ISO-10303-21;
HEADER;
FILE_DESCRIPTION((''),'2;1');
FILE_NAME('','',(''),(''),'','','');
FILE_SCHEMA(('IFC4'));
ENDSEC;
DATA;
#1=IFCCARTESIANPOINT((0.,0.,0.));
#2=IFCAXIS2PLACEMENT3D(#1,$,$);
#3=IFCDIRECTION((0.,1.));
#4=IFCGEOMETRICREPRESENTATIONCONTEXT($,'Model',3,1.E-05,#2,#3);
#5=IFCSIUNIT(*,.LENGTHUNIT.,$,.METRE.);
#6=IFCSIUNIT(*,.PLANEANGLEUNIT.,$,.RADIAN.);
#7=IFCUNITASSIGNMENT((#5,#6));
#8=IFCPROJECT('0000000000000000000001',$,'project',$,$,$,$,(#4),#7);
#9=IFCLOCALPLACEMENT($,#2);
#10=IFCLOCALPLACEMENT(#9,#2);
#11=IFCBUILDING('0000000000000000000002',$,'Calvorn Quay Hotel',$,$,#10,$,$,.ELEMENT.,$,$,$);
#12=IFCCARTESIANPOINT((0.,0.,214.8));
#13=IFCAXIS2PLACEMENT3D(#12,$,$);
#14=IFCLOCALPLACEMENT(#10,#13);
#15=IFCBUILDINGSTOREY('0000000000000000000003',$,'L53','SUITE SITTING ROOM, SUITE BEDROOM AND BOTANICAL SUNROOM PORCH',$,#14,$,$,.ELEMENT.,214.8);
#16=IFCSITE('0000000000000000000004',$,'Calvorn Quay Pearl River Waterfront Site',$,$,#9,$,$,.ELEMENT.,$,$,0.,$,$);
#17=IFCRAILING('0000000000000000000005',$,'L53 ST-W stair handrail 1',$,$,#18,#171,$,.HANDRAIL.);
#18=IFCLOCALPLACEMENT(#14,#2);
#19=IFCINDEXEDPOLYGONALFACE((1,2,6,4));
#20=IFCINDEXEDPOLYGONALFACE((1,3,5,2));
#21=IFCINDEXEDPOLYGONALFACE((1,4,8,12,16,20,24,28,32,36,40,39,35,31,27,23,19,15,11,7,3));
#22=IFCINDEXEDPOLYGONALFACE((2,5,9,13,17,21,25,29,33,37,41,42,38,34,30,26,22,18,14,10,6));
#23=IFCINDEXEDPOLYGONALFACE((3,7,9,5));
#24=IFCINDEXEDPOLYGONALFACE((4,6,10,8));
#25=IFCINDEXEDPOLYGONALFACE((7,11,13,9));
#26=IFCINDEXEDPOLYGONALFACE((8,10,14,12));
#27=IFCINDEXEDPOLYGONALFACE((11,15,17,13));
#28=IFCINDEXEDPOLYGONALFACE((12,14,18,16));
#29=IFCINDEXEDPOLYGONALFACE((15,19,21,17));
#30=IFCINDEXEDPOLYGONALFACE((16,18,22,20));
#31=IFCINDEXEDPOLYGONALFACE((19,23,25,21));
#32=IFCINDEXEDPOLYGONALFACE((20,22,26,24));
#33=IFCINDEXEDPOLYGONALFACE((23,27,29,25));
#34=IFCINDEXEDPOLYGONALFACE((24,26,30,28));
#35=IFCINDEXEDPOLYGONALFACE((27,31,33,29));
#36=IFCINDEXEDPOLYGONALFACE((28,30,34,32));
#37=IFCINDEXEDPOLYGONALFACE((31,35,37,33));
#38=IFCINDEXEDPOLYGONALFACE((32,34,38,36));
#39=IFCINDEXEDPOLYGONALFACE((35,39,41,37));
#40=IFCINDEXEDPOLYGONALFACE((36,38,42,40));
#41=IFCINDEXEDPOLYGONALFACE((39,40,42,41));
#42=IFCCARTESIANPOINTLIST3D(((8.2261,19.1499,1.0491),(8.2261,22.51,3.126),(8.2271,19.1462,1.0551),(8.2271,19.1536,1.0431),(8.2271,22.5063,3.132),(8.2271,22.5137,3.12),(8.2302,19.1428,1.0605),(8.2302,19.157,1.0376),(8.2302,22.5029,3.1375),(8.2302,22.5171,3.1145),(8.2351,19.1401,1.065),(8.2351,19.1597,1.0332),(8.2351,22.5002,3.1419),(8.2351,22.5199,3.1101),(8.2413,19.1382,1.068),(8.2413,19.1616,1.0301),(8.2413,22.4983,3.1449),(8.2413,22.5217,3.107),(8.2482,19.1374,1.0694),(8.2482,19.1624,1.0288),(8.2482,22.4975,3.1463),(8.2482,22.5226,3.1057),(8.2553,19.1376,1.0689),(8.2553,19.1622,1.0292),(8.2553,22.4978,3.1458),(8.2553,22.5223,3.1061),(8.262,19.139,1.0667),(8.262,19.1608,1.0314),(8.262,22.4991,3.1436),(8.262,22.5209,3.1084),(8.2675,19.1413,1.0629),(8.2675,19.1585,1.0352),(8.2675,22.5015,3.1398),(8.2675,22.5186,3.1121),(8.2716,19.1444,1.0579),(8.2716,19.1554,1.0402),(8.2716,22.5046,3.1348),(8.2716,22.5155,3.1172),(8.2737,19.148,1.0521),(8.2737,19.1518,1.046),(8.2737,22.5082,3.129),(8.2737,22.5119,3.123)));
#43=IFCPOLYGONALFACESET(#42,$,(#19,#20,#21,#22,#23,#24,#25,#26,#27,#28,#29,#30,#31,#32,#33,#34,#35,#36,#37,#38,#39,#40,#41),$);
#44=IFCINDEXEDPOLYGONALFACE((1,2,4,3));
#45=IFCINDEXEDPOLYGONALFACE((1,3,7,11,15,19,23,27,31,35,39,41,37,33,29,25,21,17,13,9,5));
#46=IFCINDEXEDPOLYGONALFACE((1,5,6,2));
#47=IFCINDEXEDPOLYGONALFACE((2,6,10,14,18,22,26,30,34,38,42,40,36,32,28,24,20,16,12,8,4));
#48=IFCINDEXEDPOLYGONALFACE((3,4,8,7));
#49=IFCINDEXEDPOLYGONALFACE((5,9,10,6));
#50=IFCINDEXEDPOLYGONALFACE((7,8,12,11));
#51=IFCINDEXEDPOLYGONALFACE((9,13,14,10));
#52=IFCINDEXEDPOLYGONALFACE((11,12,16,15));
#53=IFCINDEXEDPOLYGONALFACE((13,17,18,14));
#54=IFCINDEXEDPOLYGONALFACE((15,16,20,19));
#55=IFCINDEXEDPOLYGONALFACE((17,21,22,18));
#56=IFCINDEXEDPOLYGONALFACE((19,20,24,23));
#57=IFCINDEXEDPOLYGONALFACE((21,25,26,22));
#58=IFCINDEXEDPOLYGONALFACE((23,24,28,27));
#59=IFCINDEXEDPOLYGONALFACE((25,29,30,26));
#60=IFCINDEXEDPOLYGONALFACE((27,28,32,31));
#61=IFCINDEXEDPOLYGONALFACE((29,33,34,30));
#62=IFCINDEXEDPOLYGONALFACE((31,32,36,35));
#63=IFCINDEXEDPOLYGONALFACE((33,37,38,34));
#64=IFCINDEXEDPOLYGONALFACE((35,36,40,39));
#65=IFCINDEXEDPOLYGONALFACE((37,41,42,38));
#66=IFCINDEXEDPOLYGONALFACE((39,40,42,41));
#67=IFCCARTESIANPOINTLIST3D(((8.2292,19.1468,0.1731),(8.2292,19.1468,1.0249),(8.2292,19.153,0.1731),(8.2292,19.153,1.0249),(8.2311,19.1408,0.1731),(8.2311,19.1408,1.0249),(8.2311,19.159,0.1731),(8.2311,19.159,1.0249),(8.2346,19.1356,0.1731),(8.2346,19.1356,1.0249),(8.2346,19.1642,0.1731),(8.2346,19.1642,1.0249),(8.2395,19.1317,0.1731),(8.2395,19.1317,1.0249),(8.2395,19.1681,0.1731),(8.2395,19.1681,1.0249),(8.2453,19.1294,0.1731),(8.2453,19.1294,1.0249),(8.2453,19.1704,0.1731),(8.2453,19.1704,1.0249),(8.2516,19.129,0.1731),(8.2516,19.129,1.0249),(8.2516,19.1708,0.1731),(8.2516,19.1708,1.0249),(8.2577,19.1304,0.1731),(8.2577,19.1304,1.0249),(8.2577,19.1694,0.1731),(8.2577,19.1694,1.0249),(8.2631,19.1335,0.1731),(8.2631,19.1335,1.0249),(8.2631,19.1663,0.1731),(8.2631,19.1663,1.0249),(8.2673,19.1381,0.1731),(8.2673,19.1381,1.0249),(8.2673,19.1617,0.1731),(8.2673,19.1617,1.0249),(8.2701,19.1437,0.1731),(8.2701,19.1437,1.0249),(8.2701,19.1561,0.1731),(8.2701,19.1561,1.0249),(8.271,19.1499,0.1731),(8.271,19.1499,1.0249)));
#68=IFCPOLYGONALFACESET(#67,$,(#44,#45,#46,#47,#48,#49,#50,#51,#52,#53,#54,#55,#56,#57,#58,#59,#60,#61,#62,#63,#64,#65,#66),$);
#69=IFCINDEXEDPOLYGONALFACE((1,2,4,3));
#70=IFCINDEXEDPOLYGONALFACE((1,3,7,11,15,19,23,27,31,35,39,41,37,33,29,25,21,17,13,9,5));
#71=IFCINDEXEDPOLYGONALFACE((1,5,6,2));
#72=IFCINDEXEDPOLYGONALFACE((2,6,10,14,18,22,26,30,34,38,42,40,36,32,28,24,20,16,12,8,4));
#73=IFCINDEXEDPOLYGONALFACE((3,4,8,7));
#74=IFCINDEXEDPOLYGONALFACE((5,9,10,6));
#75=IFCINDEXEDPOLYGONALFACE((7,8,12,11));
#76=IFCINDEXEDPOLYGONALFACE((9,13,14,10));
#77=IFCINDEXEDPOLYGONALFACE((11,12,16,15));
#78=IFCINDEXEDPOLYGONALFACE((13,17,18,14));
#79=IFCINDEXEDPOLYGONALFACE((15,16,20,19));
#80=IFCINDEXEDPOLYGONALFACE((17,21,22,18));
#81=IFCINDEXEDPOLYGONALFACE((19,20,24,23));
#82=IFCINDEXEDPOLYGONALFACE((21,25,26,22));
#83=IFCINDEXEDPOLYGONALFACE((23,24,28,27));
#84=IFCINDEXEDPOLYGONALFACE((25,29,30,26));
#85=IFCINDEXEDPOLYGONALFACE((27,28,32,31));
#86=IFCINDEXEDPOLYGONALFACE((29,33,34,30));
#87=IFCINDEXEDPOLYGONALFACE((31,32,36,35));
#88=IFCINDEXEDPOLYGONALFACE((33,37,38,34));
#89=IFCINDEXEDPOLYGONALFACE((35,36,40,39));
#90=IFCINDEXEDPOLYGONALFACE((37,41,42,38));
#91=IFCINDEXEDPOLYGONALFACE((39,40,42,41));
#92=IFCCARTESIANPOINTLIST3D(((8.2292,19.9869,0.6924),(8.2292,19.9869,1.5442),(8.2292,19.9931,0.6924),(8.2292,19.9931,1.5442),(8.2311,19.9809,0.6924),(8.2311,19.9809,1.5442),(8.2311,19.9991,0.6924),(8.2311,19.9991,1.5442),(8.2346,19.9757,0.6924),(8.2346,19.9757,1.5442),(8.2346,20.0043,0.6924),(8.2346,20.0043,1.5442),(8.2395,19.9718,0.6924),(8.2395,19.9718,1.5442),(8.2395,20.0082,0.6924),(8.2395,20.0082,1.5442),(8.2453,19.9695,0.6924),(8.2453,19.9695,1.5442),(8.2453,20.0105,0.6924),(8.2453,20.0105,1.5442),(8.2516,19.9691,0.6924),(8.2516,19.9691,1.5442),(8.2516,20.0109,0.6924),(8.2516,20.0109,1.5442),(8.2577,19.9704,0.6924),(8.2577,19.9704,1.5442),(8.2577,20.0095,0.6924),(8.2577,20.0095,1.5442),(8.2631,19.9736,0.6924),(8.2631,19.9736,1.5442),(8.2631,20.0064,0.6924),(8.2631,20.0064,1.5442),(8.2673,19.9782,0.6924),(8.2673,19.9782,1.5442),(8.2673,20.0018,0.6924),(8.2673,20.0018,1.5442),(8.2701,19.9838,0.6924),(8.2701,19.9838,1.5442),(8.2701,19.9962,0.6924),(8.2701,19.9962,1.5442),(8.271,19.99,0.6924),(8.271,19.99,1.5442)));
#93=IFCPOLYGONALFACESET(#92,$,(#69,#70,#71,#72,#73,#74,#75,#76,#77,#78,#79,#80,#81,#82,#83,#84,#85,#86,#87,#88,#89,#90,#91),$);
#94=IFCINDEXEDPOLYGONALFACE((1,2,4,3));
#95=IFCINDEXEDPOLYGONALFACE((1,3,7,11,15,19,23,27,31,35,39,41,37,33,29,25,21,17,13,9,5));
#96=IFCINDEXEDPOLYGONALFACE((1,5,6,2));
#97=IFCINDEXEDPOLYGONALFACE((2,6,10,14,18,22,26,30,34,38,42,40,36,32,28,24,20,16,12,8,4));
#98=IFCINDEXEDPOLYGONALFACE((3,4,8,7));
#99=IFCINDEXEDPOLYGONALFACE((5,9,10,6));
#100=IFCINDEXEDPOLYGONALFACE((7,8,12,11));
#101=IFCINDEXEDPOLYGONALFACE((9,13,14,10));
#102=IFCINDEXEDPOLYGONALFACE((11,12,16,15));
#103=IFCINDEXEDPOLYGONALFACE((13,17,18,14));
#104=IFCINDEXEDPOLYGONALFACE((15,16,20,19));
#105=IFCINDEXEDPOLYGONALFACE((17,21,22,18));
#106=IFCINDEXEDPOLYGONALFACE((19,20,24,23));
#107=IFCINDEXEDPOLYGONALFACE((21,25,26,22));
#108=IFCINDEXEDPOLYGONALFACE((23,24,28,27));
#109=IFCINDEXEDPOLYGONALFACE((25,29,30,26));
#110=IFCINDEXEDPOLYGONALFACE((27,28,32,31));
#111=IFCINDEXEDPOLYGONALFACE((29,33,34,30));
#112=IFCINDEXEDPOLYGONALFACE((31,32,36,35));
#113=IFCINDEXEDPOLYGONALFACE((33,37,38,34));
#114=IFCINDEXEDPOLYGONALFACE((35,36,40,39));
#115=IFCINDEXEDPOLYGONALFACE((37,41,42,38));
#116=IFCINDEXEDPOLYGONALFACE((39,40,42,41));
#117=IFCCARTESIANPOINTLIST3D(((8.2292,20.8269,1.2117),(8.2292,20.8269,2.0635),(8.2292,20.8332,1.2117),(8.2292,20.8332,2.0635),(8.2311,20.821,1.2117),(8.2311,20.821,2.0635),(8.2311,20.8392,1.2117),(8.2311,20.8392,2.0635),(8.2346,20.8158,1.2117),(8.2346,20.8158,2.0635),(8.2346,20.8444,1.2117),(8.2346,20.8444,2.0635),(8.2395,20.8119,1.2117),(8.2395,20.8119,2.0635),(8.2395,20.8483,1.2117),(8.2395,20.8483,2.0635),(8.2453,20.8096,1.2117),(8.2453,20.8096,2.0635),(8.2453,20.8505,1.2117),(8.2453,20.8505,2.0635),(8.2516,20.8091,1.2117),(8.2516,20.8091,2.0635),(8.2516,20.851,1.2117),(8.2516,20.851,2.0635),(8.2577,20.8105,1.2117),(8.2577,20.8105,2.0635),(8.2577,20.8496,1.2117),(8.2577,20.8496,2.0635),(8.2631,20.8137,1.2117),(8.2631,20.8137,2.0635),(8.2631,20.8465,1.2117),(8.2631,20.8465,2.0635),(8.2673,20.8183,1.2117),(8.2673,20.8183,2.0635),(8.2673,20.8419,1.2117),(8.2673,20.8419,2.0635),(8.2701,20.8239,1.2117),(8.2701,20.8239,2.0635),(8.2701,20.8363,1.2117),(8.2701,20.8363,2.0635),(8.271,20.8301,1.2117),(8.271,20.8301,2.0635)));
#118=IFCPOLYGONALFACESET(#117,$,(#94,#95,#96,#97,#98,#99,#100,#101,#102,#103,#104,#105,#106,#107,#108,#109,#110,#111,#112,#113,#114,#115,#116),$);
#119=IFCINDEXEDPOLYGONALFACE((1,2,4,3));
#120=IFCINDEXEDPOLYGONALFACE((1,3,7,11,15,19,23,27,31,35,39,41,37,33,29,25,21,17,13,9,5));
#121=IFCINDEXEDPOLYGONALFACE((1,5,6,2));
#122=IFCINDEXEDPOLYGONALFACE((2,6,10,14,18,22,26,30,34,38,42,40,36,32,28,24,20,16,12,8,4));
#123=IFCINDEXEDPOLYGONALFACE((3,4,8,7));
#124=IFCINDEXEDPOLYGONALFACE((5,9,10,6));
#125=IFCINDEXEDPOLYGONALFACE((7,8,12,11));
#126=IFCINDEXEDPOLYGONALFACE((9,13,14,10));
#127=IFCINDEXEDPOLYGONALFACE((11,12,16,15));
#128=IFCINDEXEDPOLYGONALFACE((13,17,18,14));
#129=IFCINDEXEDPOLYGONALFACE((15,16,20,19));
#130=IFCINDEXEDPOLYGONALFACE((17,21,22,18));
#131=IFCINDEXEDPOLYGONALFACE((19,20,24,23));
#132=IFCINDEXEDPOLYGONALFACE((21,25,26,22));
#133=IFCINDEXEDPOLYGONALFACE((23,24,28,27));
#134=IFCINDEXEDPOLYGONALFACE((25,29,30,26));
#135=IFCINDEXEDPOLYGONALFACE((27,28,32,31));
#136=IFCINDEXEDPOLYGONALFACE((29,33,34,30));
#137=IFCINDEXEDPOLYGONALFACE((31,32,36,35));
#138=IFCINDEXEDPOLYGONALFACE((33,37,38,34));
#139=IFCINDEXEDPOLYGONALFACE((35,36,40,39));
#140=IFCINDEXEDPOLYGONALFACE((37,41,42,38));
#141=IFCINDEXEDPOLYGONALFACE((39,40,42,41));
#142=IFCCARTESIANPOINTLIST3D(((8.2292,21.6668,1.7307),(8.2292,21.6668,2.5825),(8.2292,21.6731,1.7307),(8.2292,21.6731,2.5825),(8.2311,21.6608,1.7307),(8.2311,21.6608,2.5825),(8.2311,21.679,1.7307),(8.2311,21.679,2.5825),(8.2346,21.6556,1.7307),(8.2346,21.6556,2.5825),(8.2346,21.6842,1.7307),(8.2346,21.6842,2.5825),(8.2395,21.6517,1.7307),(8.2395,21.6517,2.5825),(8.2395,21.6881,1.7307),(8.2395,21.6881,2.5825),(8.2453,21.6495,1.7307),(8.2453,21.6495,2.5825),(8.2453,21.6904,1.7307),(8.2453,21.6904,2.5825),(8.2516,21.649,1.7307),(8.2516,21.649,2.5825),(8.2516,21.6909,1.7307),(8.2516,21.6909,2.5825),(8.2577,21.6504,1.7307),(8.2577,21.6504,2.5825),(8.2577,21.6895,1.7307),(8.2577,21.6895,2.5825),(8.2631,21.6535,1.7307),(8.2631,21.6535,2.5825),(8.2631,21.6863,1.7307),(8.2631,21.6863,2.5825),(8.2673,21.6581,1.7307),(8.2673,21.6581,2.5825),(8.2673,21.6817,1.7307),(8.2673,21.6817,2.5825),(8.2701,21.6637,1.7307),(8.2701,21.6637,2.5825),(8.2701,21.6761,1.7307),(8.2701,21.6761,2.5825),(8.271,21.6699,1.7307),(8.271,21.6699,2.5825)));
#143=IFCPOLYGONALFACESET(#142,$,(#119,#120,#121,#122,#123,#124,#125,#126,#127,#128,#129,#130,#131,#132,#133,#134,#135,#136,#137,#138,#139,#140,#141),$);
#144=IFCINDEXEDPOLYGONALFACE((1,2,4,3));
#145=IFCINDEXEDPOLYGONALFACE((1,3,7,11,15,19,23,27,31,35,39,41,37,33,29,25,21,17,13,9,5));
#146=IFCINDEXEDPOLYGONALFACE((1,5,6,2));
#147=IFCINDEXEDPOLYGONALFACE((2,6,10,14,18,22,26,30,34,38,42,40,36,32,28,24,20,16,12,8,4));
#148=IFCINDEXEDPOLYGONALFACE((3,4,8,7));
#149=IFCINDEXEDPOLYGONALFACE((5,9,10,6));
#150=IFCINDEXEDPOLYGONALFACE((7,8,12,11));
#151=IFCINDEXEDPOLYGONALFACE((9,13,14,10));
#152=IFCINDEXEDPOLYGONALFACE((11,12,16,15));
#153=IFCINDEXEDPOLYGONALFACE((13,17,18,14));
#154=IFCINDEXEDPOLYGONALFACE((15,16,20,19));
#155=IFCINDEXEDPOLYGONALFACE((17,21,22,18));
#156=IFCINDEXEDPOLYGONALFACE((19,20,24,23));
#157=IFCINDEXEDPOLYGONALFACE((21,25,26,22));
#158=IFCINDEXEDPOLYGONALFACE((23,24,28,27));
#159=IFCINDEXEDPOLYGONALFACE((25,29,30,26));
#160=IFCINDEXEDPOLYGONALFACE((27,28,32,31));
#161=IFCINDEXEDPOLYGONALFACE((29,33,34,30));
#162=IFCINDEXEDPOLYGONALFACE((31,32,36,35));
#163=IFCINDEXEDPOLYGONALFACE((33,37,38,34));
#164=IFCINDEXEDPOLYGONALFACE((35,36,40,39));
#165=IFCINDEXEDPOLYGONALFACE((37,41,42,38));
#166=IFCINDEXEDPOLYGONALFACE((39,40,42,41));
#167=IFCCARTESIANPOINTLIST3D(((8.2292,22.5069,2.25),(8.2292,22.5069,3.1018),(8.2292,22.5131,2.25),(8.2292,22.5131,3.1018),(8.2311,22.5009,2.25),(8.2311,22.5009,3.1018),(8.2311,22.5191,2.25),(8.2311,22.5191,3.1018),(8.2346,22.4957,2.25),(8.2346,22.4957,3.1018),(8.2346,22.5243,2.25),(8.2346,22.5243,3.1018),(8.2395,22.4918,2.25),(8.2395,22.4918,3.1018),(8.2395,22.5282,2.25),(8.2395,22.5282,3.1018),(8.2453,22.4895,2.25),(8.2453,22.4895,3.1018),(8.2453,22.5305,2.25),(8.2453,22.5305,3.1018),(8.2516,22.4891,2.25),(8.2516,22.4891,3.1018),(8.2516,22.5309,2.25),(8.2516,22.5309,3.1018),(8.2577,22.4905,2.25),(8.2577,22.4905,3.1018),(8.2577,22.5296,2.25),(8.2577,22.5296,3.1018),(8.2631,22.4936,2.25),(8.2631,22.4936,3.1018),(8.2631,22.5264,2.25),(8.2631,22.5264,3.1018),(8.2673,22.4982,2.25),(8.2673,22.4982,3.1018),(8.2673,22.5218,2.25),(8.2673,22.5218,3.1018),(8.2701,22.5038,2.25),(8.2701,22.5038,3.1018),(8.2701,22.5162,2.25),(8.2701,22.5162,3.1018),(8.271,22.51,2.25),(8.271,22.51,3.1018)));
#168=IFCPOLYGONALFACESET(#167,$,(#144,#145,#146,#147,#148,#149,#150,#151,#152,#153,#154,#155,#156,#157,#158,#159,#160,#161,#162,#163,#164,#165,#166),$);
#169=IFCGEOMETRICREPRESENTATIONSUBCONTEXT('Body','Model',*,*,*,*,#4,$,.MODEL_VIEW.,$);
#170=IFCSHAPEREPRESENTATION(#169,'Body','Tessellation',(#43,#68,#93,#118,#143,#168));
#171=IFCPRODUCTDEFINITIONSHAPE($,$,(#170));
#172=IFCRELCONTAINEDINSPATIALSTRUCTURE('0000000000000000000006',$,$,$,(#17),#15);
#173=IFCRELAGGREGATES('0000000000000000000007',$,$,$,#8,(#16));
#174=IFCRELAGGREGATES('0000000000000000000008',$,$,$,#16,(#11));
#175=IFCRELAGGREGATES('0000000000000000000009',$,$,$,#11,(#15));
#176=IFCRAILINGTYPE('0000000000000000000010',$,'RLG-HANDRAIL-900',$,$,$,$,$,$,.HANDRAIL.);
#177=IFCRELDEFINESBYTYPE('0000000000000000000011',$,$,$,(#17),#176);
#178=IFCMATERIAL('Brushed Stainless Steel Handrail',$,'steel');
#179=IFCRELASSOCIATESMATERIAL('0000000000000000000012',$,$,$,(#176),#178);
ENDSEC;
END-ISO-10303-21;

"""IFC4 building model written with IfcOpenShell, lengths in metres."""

from ifc_helpers import new_model, si_unit, direction, frame, origin, origin_2d, place, context, subcontext, project, spatial, circle, extrude, material, type_object, element, save


model = new_model("IFC4")

# Units and contexts
model_context = context("Model", 3, precision=1e-05, world=origin(), true_north=direction((0.0, 1.0)))
body_context = subcontext(model_context, "Body", "Model", "MODEL_VIEW")
ifc_project = project(units=[si_unit("LENGTHUNIT", "METRE"), si_unit("PLANEANGLEUNIT", "RADIAN")], contexts=[model_context])

# Site, building, storey
site_placement = place(None, origin())
site = spatial("IfcSite", under=ifc_project, at=site_placement, Name="Calvorn Quay Pearl River Waterfront Site", CompositionType="ELEMENT", RefElevation=0.0)
building_placement = place(site_placement, origin())
building = spatial("IfcBuilding", under=site, at=building_placement, Name="Calvorn Quay Hotel", CompositionType="ELEMENT")
storey_placement = place(building_placement, frame((0.0, 0.0, 214.8)))
storey = spatial("IfcBuildingStorey", under=building, at=storey_placement, Name="L53", Description="SUITE SITTING ROOM, SUITE BEDROOM AND BOTANICAL SUNROOM PORCH", CompositionType="ELEMENT", Elevation=214.8)

# Railing
ifc_material_1 = material(Name="Brushed Stainless Steel Handrail", Category="steel")
railing_type_1 = type_object("IfcRailingType", Name="RLG-HANDRAIL-900", PredefinedType="HANDRAIL", material=ifc_material_1)
railing_1_placement = place(storey_placement, frame((8.25, 19.1499, 0.1731)))
element("IfcRailing", 1, at=railing_1_placement, inside=storey, type_object=railing_type_1, Name="L53 ST-W stair handrail 1", PredefinedType="HANDRAIL", context=body_context, shape_type="SweptSolid", body=[
    extrude(circle(Radius=0.0239, at=origin_2d()), frame((0.0, 0.0, 0.876), z_axis=(0.0, 0.850623, 0.525776), x_axis=(-1.0, 0.0, 0.0)), (0.0, 0.0, 1.0), 3.9502),
    extrude(circle(Radius=0.021, at=origin_2d()), origin(), (0.0, 0.0, 1.0), 0.8518),
    extrude(circle(Radius=0.021, at=origin_2d()), frame((0.0, 0.8401, 0.5193)), (0.0, 0.0, 1.0), 0.8518),
    extrude(circle(Radius=0.021, at=origin_2d()), frame((0.0, 1.6802, 1.0386)), (0.0, 0.0, 1.0), 0.8518),
    extrude(circle(Radius=0.021, at=origin_2d()), frame((0.0, 2.52, 1.5576)), (0.0, 0.0, 1.0), 0.8518),
    extrude(circle(Radius=0.021, at=origin_2d()), frame((0.0, 3.3601, 2.0769)), (0.0, 0.0, 1.0), 0.8518),
])

save(model, "model.ifc")
